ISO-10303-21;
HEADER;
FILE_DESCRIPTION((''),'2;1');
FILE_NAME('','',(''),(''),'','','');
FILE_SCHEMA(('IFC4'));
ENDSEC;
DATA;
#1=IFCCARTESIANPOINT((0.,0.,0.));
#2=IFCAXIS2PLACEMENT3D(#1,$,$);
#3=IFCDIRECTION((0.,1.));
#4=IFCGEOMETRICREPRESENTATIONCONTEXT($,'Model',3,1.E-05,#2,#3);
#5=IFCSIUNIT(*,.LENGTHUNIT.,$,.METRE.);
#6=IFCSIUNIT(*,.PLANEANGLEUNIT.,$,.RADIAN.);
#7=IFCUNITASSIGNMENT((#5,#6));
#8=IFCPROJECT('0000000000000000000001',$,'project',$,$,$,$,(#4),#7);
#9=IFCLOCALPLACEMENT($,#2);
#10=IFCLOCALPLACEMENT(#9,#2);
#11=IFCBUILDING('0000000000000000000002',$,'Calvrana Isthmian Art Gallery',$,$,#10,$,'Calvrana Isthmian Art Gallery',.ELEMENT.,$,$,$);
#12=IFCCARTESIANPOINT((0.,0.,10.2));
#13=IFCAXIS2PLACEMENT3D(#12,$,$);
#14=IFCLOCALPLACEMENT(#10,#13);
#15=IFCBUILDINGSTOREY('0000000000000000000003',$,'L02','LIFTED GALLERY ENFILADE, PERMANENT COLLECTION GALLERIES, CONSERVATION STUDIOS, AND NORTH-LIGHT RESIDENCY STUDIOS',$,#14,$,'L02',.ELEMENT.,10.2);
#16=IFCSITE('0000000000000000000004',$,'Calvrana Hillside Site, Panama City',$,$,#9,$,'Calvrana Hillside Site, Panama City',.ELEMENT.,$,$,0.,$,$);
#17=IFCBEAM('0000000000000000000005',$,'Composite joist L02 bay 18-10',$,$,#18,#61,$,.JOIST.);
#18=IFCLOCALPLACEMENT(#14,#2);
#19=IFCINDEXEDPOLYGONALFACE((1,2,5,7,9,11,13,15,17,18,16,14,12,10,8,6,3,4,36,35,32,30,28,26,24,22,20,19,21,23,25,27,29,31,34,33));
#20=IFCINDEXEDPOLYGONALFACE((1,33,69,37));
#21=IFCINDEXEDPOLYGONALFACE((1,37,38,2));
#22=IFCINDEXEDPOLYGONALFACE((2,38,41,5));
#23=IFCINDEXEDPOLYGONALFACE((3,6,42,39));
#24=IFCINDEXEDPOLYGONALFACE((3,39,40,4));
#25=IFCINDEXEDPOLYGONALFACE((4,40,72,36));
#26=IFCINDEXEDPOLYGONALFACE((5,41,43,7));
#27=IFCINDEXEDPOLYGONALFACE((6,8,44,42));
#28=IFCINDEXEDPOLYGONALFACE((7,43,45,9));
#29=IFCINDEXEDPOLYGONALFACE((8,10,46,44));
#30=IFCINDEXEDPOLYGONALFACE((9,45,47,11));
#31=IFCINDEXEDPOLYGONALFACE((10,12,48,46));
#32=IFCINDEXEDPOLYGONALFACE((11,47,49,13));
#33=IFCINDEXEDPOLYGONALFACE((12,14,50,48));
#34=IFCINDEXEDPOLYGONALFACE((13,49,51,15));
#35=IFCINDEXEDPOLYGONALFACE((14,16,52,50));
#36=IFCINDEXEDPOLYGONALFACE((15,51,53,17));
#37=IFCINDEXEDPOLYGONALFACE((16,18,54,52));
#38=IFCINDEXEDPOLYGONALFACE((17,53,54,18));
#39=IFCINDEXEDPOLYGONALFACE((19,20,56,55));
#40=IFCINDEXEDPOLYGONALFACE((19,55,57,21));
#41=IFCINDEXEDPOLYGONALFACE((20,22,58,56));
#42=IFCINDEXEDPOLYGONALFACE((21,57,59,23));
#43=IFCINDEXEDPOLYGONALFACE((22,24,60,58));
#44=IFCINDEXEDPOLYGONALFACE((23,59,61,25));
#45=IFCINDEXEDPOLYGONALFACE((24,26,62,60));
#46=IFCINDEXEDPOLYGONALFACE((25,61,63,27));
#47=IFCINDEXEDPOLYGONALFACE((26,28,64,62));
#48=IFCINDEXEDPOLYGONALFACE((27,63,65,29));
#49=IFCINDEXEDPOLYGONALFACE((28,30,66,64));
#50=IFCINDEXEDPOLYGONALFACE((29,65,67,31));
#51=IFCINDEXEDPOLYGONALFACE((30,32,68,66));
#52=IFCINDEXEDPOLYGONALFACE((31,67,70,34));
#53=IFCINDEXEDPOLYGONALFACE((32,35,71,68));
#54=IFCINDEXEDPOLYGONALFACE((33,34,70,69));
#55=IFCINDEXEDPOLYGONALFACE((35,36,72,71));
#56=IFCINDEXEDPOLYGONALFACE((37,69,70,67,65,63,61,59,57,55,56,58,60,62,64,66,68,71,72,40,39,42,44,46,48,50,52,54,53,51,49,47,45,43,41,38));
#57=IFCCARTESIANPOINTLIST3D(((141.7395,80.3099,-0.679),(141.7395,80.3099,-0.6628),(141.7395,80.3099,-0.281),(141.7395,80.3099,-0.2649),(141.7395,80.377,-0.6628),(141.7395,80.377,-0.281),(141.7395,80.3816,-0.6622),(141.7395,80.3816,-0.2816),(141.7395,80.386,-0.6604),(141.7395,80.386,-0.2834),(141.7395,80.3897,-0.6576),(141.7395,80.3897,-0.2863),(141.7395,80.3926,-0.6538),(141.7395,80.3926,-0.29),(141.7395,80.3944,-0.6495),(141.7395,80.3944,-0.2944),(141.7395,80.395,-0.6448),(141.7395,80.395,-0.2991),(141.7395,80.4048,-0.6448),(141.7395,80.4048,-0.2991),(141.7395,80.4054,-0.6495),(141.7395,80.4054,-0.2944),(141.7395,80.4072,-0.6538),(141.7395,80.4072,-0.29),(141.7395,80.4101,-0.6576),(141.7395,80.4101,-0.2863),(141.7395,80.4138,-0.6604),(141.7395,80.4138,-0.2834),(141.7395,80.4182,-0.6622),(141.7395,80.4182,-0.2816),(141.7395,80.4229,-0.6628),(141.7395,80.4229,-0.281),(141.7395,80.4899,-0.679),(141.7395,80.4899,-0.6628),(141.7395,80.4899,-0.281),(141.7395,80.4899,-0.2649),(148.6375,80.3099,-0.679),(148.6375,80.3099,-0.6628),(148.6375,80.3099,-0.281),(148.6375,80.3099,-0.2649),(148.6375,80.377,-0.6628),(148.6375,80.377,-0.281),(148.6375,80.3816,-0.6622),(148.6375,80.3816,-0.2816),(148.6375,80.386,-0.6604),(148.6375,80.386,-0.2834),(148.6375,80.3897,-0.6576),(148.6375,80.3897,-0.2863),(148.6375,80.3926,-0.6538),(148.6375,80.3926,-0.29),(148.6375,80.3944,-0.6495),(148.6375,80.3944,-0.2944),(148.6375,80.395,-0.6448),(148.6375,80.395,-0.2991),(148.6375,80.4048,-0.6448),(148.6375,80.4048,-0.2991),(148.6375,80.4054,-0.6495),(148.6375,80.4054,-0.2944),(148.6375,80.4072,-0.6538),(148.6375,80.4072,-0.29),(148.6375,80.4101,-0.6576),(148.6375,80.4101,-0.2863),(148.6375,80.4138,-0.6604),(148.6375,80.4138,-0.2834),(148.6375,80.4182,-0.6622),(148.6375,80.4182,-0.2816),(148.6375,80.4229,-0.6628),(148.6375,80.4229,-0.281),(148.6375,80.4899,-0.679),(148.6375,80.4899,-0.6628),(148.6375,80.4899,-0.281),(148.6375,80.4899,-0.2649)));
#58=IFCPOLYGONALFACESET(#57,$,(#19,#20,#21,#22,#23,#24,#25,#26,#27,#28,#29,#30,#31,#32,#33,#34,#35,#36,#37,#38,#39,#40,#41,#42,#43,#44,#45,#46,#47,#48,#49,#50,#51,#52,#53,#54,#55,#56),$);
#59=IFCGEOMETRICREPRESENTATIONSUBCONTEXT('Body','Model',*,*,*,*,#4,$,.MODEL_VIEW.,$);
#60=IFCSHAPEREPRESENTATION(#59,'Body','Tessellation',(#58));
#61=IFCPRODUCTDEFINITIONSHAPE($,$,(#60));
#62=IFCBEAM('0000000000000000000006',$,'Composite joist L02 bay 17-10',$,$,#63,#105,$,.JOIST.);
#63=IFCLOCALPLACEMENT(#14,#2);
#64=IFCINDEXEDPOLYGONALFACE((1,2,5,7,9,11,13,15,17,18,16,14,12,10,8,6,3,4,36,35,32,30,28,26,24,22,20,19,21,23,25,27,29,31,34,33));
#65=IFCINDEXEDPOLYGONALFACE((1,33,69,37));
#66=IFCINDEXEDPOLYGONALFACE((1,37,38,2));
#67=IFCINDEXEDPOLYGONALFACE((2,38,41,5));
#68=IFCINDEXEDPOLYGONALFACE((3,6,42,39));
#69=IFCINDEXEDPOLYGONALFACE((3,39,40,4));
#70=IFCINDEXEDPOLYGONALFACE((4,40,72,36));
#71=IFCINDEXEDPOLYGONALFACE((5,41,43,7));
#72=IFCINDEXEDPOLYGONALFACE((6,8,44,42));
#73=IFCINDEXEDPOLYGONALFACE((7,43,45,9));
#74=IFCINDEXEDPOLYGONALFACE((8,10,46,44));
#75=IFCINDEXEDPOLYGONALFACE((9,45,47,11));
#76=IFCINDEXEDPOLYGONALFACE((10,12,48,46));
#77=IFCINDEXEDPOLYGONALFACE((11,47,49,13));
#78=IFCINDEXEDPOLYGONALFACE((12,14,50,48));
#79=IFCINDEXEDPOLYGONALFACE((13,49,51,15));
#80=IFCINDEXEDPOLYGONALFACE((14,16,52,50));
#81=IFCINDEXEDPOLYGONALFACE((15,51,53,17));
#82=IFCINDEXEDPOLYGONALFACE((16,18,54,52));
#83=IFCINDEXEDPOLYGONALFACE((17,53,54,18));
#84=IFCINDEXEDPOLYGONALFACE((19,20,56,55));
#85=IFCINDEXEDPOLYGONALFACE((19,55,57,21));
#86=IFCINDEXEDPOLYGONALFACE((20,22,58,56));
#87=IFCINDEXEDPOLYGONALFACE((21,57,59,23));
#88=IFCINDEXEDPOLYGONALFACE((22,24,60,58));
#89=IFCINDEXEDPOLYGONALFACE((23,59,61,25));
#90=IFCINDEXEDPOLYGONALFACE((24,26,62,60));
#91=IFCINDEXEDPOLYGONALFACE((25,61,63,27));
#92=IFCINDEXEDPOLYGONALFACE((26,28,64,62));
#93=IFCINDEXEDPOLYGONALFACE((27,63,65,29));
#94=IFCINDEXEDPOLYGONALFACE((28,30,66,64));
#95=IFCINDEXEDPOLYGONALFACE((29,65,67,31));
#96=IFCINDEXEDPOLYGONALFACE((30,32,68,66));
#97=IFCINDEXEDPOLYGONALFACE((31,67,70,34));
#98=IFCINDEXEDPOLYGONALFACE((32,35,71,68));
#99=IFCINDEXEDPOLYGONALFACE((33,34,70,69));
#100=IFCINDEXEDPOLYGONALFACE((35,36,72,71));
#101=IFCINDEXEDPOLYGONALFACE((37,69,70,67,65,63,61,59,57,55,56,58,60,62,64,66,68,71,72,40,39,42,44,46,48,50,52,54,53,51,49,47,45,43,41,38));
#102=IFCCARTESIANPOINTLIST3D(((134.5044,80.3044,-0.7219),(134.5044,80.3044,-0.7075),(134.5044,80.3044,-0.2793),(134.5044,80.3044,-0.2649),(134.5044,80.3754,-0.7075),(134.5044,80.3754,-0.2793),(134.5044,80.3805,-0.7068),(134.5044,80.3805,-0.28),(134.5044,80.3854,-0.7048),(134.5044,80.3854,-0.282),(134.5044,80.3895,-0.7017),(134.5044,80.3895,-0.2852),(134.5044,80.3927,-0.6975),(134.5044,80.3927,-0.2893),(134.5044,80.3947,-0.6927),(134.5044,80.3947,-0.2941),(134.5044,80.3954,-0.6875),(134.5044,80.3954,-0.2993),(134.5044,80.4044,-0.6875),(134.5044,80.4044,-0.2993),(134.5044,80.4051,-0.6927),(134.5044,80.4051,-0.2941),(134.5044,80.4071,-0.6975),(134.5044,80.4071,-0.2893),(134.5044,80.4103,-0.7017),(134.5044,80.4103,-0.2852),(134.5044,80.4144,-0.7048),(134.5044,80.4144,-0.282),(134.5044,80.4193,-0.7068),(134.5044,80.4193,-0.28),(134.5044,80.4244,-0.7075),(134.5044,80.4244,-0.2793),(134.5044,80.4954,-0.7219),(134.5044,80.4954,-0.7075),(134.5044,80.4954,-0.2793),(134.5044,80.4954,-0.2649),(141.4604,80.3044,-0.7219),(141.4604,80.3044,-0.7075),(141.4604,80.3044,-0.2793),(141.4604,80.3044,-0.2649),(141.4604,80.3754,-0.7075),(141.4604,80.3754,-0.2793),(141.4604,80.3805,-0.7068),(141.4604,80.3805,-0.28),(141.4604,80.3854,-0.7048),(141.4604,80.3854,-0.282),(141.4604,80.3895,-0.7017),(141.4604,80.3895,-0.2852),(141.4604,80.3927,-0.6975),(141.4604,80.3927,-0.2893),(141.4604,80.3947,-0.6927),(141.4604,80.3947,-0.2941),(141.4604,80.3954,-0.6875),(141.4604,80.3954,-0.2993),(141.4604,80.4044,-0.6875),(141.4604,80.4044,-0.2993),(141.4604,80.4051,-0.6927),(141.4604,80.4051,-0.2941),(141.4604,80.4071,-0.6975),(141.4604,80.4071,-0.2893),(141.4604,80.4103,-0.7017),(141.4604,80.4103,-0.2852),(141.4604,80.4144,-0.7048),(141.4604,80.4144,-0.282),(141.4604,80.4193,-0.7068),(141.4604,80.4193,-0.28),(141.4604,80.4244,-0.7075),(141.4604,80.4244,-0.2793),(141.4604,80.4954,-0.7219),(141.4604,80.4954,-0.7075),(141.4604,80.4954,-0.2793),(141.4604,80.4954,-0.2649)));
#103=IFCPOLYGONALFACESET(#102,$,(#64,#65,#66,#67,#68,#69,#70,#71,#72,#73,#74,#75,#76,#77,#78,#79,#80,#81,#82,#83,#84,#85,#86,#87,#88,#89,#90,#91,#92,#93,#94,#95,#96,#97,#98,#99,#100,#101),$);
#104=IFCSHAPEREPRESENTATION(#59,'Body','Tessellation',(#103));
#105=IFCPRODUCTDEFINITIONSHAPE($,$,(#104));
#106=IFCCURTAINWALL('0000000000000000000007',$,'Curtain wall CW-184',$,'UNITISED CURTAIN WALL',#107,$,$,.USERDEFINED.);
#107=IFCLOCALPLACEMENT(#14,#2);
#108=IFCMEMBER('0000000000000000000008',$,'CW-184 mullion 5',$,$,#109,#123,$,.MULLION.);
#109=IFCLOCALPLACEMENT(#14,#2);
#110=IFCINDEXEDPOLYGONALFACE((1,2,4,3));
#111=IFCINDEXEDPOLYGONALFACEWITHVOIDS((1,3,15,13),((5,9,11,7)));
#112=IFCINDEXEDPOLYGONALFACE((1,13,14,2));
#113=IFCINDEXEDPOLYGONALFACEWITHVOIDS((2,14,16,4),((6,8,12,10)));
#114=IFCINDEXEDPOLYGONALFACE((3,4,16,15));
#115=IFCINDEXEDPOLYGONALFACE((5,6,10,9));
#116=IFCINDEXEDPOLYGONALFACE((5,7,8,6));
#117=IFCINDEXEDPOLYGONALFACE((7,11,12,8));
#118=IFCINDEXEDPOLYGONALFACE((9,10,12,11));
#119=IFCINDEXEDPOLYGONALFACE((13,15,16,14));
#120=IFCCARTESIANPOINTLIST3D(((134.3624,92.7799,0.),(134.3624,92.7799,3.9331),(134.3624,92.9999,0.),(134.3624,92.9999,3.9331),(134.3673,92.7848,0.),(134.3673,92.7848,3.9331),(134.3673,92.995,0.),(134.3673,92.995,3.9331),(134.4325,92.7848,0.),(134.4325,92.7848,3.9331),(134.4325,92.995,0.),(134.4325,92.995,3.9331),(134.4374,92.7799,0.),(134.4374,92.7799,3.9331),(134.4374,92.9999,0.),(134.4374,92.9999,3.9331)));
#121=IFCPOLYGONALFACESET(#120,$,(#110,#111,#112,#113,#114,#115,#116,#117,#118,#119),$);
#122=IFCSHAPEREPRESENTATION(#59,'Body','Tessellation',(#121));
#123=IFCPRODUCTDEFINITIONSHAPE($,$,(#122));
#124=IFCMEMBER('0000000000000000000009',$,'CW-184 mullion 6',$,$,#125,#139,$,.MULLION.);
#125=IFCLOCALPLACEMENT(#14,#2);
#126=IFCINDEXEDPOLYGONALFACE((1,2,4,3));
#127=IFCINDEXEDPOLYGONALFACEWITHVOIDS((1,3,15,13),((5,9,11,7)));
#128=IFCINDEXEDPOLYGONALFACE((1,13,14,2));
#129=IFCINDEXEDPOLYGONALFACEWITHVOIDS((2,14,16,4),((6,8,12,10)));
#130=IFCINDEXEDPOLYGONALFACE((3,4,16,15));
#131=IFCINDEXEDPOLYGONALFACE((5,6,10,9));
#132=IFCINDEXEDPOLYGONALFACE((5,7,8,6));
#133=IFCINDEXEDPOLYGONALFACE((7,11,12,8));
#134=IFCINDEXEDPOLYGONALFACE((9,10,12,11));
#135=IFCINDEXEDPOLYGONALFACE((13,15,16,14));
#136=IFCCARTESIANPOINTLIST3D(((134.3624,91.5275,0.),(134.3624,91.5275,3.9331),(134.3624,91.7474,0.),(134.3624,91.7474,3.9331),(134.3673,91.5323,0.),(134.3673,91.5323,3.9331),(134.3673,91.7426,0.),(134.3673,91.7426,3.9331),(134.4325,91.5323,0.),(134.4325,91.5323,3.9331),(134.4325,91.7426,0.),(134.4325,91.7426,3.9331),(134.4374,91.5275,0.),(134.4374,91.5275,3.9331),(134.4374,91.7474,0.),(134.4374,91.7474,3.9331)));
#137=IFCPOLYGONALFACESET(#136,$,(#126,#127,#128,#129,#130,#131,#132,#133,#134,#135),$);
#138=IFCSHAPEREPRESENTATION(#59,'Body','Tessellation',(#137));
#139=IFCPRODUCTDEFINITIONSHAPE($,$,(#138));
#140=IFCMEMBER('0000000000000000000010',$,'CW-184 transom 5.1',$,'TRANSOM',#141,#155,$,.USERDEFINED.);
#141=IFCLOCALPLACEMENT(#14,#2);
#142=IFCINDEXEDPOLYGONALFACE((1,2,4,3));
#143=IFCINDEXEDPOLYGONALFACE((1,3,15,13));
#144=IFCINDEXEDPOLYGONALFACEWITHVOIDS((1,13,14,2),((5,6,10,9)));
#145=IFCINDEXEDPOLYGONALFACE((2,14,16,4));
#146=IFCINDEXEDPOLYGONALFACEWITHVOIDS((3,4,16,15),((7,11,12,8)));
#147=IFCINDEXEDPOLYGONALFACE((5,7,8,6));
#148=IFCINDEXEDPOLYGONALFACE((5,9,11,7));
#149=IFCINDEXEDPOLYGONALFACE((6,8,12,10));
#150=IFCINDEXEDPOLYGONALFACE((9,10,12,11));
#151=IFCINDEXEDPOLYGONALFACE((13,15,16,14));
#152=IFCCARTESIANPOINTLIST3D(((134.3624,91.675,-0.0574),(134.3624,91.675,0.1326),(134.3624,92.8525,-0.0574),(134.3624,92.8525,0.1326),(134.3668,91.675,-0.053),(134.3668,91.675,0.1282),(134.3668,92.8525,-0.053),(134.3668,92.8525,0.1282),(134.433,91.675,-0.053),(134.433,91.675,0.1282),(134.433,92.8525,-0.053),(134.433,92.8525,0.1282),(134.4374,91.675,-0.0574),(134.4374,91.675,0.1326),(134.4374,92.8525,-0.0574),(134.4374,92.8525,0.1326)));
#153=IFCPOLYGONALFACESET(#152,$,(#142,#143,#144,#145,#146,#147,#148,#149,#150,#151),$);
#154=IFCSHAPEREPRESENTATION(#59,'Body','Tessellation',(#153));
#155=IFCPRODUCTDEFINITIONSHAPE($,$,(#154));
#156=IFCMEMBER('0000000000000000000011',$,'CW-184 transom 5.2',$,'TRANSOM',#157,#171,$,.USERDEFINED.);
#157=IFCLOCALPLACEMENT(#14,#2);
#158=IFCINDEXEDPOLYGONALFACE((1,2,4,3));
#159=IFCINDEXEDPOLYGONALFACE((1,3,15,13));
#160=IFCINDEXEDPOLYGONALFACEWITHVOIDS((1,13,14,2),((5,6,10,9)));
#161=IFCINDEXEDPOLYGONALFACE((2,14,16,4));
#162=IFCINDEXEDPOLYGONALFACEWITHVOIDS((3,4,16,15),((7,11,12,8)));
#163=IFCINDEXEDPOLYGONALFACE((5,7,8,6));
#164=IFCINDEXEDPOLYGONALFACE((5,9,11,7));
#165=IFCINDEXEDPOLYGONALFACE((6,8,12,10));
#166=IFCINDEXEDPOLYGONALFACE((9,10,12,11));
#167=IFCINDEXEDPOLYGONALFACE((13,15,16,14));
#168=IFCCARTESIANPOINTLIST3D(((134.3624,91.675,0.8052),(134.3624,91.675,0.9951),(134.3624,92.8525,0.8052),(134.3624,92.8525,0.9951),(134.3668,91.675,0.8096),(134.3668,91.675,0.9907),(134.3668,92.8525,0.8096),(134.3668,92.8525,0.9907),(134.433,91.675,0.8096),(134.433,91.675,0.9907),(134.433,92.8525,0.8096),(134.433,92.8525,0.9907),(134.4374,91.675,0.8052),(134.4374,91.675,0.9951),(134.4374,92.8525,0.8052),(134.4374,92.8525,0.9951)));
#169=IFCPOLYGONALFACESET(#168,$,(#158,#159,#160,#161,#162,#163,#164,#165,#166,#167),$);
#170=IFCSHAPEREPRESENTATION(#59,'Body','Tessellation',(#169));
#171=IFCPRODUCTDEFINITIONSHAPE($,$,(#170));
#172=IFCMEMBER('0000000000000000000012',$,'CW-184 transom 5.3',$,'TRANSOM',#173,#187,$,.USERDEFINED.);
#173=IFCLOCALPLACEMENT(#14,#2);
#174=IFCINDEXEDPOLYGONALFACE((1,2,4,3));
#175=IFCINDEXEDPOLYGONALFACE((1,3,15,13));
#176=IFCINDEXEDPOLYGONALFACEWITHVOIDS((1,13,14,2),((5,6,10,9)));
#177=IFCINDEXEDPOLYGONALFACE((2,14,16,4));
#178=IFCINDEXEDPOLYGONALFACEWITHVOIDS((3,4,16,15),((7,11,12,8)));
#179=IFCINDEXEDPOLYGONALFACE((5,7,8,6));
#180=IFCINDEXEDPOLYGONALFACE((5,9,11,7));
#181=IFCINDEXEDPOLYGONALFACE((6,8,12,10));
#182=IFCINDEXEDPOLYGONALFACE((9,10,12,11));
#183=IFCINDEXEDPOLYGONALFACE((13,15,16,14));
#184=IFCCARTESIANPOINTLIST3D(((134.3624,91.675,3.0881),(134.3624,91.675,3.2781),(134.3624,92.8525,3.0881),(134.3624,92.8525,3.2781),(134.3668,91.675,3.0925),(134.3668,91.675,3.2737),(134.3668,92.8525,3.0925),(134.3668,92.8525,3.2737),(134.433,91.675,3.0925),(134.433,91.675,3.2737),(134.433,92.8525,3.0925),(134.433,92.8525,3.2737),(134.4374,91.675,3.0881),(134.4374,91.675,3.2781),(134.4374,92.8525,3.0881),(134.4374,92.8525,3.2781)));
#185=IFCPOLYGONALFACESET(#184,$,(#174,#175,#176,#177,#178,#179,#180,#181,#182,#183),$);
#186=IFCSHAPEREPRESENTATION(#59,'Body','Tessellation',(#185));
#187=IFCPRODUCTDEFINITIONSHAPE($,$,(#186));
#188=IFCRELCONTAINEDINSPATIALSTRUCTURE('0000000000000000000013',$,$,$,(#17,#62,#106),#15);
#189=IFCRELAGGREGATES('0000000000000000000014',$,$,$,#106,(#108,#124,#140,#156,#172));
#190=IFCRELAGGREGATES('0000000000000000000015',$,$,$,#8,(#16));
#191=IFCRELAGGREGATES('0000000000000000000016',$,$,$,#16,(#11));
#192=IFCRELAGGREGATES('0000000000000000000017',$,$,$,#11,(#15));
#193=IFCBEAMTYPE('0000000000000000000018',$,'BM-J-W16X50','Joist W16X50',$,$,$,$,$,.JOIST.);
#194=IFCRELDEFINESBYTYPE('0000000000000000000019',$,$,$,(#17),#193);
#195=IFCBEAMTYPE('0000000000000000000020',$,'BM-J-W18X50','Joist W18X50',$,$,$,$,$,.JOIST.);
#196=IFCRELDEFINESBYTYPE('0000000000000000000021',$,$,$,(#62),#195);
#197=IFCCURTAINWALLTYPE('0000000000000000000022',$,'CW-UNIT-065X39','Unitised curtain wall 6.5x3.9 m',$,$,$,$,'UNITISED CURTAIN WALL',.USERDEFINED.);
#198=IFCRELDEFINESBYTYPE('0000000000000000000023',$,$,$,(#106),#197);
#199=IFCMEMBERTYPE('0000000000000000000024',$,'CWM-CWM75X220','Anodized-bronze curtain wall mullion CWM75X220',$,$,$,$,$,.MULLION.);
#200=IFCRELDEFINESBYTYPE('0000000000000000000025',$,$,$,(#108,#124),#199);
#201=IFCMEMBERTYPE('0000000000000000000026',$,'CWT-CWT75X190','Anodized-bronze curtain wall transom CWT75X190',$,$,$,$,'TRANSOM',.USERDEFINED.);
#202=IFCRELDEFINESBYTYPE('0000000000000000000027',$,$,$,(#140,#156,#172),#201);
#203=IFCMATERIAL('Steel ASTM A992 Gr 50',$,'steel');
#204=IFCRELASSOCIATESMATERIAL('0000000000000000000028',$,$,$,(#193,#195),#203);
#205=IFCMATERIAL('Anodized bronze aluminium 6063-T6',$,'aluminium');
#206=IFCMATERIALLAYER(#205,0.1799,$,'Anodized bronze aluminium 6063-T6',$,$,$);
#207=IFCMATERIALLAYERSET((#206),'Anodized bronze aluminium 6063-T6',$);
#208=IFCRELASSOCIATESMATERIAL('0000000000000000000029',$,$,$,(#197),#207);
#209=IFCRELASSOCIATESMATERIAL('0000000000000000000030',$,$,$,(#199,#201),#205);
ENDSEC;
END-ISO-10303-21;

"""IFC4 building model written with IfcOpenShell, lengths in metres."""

from ifc_helpers import new_model, si_unit, direction, frame, origin, origin_2d, place, context, subcontext, project, spatial, hollow_rectangle, i_section, extrude, material, layer, layer_set, material_profile, profile_set, type_object, element, aggregate, save


model = new_model("IFC4")

# Units and contexts
model_context = context("Model", 3, precision=1e-05, world=origin(), true_north=direction((0.0, 1.0)))
body_context = subcontext(model_context, "Body", "Model", "MODEL_VIEW")
ifc_project = project(units=[si_unit("LENGTHUNIT", "METRE"), si_unit("PLANEANGLEUNIT", "RADIAN")], contexts=[model_context])

# Site, building, storey
site_placement = place(None, origin())
site = spatial("IfcSite", under=ifc_project, at=site_placement, Name="Calvrana Hillside Site, Panama City", LongName="Calvrana Hillside Site, Panama City", CompositionType="ELEMENT", RefElevation=0.0)
building_placement = place(site_placement, origin())
building = spatial("IfcBuilding", under=site, at=building_placement, Name="Calvrana Isthmian Art Gallery", LongName="Calvrana Isthmian Art Gallery", CompositionType="ELEMENT")
storey_placement = place(building_placement, frame((0.0, 0.0, 10.2)))
storey = spatial("IfcBuildingStorey", under=building, at=storey_placement, Name="L02", Description="LIFTED GALLERY ENFILADE, PERMANENT COLLECTION GALLERIES, CONSERVATION STUDIOS, AND NORTH-LIGHT RESIDENCY STUDIOS", LongName="L02", CompositionType="ELEMENT", Elevation=10.2)

# Beams
ifc_material_1 = material(Name="Steel ASTM A992 Gr 50", Category="steel")
ifc_material_profile_1 = material_profile(ifc_material_1, i_section(OverallWidth=0.1799, OverallDepth=0.4141, WebThickness=0.0098, FlangeThickness=0.0161, FilletRadius=0.0181, at=origin_2d()), Name="W16X50")
ifc_profile_set_1 = profile_set([ifc_material_profile_1], Name="Steel ASTM A992 Gr 50")
beam_type_1 = type_object("IfcBeamType", Name="BM-J-W16X50", Description="Joist W16X50", PredefinedType="JOIST", material=ifc_profile_set_1)
for number, where, z_axis, x_axis, name in (
    (1, (141.7395, 80.3999, -0.4719), (1.0, 0.0, 0.0), (0.0, 1.0, 0.0), "Composite joist L02 bay 18-10"),
):
    element("IfcBeam", number, at=place(storey_placement, frame(where, z_axis=z_axis, x_axis=x_axis)), inside=storey, type_object=beam_type_1, Name=name, PredefinedType="JOIST", context=body_context, shape_type="SweptSolid", body=[
        extrude(i_section(OverallWidth=0.1799, OverallDepth=0.4141, WebThickness=0.0098, FlangeThickness=0.0161, FilletRadius=0.0181, at=origin_2d()), origin(), (0.0, 0.0, 1.0), 6.8979),
    ])
ifc_material_profile_2 = material_profile(ifc_material_1, i_section(OverallWidth=0.1909, OverallDepth=0.457, WebThickness=0.009, FlangeThickness=0.0144, FilletRadius=0.02, at=origin_2d()), Name="W18X50")
ifc_profile_set_2 = profile_set([ifc_material_profile_2], Name="Steel ASTM A992 Gr 50")
beam_type_2 = type_object("IfcBeamType", Name="BM-J-W18X50", Description="Joist W18X50", PredefinedType="JOIST", material=ifc_profile_set_2)
beam_1_placement = place(storey_placement, frame((134.5044, 80.3999, -0.4934), z_axis=(1.0, 0.0, 0.0), x_axis=(0.0, 1.0, 0.0)))
element("IfcBeam", 2, at=beam_1_placement, inside=storey, type_object=beam_type_2, Name="Composite joist L02 bay 17-10", PredefinedType="JOIST", context=body_context, shape_type="SweptSolid", body=[
    extrude(i_section(OverallWidth=0.1909, OverallDepth=0.457, WebThickness=0.009, FlangeThickness=0.0144, FilletRadius=0.02, at=origin_2d()), origin(), (0.0, 0.0, 1.0), 6.9561),
])

# Curtain wall, members
ifc_material_2 = material(Name="Anodized bronze aluminium 6063-T6", Category="aluminium")
ifc_layer_1 = layer(ifc_material_2, 0.1799, Name="Anodized bronze aluminium 6063-T6")
ifc_layer_set_1 = layer_set([ifc_layer_1], Name="Anodized bronze aluminium 6063-T6")
curtain_wall_type = type_object("IfcCurtainWallType", Name="CW-UNIT-065X39", Description="Unitised curtain wall 6.5x3.9 m", ElementType="UNITISED CURTAIN WALL", PredefinedType="USERDEFINED", material=ifc_layer_set_1)
curtain_wall_placement = place(storey_placement, origin())
curtain_wall = element("IfcCurtainWall", 3, at=curtain_wall_placement, inside=storey, type_object=curtain_wall_type, Name="Curtain wall CW-184", ObjectType="UNITISED CURTAIN WALL", PredefinedType="USERDEFINED")
ifc_material_profile_3 = material_profile(ifc_material_2, hollow_rectangle(XDim=0.075, YDim=0.22, WallThickness=0.0049, at=origin_2d()), Name="CWM75X220")
ifc_profile_set_3 = profile_set([ifc_material_profile_3], Name="Anodized bronze aluminium 6063-T6")
member_type_1 = type_object("IfcMemberType", Name="CWM-CWM75X220", Description="Anodized-bronze curtain wall mullion CWM75X220", PredefinedType="MULLION", material=ifc_profile_set_3)
member_1_placement = place(storey_placement, frame((134.3999, 92.8899, 0.0), z_axis=(0.0, 0.0, 1.0), x_axis=(1.0, 0.0, 0.0)))
member_1 = element("IfcMember", 4, at=member_1_placement, type_object=member_type_1, Name="CW-184 mullion 5", PredefinedType="MULLION", context=body_context, shape_type="SweptSolid", body=[
    extrude(hollow_rectangle(XDim=0.075, YDim=0.22, WallThickness=0.0049, at=origin_2d()), origin(), (0.0, 0.0, 1.0), 3.9331),
])
member_2_placement = place(storey_placement, frame((134.3999, 91.6375, 0.0), z_axis=(0.0, 0.0, 1.0), x_axis=(1.0, 0.0, 0.0)))
member_2 = element("IfcMember", 5, at=member_2_placement, type_object=member_type_1, Name="CW-184 mullion 6", PredefinedType="MULLION", context=body_context, shape_type="SweptSolid", body=[
    extrude(hollow_rectangle(XDim=0.075, YDim=0.22, WallThickness=0.0049, at=origin_2d()), origin(), (0.0, 0.0, 1.0), 3.9331),
])
ifc_material_profile_4 = material_profile(ifc_material_2, hollow_rectangle(XDim=0.075, YDim=0.1899, WallThickness=0.0044, at=origin_2d()), Name="CWT75X190")
ifc_profile_set_4 = profile_set([ifc_material_profile_4], Name="Anodized bronze aluminium 6063-T6")
member_type_2 = type_object("IfcMemberType", Name="CWT-CWT75X190", Description="Anodized-bronze curtain wall transom CWT75X190", ElementType="TRANSOM", PredefinedType="USERDEFINED", material=ifc_profile_set_4)
member_3_placement = place(storey_placement, frame((134.3999, 92.8525, 0.0376), z_axis=(0.0, -1.0, 0.0), x_axis=(1.0, 0.0, 0.0)))
member_3 = element("IfcMember", 6, at=member_3_placement, type_object=member_type_2, Name="CW-184 transom 5.1", ObjectType="TRANSOM", PredefinedType="USERDEFINED", context=body_context, shape_type="SweptSolid", body=[
    extrude(hollow_rectangle(XDim=0.075, YDim=0.1899, WallThickness=0.0044, at=origin_2d()), origin(), (0.0, 0.0, 1.0), 1.1775),
])
member_4_placement = place(storey_placement, frame((134.3999, 92.8525, 0.9001), z_axis=(0.0, -1.0, 0.0), x_axis=(1.0, 0.0, 0.0)))
member_4 = element("IfcMember", 7, at=member_4_placement, type_object=member_type_2, Name="CW-184 transom 5.2", ObjectType="TRANSOM", PredefinedType="USERDEFINED", context=body_context, shape_type="SweptSolid", body=[
    extrude(hollow_rectangle(XDim=0.075, YDim=0.1899, WallThickness=0.0044, at=origin_2d()), origin(), (0.0, 0.0, 1.0), 1.1775),
])
member_5_placement = place(storey_placement, frame((134.3999, 92.8525, 3.1831), z_axis=(0.0, -1.0, 0.0), x_axis=(1.0, 0.0, 0.0)))
member_5 = element("IfcMember", 8, at=member_5_placement, type_object=member_type_2, Name="CW-184 transom 5.3", ObjectType="TRANSOM", PredefinedType="USERDEFINED", context=body_context, shape_type="SweptSolid", body=[
    extrude(hollow_rectangle(XDim=0.075, YDim=0.1899, WallThickness=0.0044, at=origin_2d()), origin(), (0.0, 0.0, 1.0), 1.1775),
])
aggregate(curtain_wall, [member_1, member_2, member_3, member_4, member_5])

save(model, "model.ifc")
